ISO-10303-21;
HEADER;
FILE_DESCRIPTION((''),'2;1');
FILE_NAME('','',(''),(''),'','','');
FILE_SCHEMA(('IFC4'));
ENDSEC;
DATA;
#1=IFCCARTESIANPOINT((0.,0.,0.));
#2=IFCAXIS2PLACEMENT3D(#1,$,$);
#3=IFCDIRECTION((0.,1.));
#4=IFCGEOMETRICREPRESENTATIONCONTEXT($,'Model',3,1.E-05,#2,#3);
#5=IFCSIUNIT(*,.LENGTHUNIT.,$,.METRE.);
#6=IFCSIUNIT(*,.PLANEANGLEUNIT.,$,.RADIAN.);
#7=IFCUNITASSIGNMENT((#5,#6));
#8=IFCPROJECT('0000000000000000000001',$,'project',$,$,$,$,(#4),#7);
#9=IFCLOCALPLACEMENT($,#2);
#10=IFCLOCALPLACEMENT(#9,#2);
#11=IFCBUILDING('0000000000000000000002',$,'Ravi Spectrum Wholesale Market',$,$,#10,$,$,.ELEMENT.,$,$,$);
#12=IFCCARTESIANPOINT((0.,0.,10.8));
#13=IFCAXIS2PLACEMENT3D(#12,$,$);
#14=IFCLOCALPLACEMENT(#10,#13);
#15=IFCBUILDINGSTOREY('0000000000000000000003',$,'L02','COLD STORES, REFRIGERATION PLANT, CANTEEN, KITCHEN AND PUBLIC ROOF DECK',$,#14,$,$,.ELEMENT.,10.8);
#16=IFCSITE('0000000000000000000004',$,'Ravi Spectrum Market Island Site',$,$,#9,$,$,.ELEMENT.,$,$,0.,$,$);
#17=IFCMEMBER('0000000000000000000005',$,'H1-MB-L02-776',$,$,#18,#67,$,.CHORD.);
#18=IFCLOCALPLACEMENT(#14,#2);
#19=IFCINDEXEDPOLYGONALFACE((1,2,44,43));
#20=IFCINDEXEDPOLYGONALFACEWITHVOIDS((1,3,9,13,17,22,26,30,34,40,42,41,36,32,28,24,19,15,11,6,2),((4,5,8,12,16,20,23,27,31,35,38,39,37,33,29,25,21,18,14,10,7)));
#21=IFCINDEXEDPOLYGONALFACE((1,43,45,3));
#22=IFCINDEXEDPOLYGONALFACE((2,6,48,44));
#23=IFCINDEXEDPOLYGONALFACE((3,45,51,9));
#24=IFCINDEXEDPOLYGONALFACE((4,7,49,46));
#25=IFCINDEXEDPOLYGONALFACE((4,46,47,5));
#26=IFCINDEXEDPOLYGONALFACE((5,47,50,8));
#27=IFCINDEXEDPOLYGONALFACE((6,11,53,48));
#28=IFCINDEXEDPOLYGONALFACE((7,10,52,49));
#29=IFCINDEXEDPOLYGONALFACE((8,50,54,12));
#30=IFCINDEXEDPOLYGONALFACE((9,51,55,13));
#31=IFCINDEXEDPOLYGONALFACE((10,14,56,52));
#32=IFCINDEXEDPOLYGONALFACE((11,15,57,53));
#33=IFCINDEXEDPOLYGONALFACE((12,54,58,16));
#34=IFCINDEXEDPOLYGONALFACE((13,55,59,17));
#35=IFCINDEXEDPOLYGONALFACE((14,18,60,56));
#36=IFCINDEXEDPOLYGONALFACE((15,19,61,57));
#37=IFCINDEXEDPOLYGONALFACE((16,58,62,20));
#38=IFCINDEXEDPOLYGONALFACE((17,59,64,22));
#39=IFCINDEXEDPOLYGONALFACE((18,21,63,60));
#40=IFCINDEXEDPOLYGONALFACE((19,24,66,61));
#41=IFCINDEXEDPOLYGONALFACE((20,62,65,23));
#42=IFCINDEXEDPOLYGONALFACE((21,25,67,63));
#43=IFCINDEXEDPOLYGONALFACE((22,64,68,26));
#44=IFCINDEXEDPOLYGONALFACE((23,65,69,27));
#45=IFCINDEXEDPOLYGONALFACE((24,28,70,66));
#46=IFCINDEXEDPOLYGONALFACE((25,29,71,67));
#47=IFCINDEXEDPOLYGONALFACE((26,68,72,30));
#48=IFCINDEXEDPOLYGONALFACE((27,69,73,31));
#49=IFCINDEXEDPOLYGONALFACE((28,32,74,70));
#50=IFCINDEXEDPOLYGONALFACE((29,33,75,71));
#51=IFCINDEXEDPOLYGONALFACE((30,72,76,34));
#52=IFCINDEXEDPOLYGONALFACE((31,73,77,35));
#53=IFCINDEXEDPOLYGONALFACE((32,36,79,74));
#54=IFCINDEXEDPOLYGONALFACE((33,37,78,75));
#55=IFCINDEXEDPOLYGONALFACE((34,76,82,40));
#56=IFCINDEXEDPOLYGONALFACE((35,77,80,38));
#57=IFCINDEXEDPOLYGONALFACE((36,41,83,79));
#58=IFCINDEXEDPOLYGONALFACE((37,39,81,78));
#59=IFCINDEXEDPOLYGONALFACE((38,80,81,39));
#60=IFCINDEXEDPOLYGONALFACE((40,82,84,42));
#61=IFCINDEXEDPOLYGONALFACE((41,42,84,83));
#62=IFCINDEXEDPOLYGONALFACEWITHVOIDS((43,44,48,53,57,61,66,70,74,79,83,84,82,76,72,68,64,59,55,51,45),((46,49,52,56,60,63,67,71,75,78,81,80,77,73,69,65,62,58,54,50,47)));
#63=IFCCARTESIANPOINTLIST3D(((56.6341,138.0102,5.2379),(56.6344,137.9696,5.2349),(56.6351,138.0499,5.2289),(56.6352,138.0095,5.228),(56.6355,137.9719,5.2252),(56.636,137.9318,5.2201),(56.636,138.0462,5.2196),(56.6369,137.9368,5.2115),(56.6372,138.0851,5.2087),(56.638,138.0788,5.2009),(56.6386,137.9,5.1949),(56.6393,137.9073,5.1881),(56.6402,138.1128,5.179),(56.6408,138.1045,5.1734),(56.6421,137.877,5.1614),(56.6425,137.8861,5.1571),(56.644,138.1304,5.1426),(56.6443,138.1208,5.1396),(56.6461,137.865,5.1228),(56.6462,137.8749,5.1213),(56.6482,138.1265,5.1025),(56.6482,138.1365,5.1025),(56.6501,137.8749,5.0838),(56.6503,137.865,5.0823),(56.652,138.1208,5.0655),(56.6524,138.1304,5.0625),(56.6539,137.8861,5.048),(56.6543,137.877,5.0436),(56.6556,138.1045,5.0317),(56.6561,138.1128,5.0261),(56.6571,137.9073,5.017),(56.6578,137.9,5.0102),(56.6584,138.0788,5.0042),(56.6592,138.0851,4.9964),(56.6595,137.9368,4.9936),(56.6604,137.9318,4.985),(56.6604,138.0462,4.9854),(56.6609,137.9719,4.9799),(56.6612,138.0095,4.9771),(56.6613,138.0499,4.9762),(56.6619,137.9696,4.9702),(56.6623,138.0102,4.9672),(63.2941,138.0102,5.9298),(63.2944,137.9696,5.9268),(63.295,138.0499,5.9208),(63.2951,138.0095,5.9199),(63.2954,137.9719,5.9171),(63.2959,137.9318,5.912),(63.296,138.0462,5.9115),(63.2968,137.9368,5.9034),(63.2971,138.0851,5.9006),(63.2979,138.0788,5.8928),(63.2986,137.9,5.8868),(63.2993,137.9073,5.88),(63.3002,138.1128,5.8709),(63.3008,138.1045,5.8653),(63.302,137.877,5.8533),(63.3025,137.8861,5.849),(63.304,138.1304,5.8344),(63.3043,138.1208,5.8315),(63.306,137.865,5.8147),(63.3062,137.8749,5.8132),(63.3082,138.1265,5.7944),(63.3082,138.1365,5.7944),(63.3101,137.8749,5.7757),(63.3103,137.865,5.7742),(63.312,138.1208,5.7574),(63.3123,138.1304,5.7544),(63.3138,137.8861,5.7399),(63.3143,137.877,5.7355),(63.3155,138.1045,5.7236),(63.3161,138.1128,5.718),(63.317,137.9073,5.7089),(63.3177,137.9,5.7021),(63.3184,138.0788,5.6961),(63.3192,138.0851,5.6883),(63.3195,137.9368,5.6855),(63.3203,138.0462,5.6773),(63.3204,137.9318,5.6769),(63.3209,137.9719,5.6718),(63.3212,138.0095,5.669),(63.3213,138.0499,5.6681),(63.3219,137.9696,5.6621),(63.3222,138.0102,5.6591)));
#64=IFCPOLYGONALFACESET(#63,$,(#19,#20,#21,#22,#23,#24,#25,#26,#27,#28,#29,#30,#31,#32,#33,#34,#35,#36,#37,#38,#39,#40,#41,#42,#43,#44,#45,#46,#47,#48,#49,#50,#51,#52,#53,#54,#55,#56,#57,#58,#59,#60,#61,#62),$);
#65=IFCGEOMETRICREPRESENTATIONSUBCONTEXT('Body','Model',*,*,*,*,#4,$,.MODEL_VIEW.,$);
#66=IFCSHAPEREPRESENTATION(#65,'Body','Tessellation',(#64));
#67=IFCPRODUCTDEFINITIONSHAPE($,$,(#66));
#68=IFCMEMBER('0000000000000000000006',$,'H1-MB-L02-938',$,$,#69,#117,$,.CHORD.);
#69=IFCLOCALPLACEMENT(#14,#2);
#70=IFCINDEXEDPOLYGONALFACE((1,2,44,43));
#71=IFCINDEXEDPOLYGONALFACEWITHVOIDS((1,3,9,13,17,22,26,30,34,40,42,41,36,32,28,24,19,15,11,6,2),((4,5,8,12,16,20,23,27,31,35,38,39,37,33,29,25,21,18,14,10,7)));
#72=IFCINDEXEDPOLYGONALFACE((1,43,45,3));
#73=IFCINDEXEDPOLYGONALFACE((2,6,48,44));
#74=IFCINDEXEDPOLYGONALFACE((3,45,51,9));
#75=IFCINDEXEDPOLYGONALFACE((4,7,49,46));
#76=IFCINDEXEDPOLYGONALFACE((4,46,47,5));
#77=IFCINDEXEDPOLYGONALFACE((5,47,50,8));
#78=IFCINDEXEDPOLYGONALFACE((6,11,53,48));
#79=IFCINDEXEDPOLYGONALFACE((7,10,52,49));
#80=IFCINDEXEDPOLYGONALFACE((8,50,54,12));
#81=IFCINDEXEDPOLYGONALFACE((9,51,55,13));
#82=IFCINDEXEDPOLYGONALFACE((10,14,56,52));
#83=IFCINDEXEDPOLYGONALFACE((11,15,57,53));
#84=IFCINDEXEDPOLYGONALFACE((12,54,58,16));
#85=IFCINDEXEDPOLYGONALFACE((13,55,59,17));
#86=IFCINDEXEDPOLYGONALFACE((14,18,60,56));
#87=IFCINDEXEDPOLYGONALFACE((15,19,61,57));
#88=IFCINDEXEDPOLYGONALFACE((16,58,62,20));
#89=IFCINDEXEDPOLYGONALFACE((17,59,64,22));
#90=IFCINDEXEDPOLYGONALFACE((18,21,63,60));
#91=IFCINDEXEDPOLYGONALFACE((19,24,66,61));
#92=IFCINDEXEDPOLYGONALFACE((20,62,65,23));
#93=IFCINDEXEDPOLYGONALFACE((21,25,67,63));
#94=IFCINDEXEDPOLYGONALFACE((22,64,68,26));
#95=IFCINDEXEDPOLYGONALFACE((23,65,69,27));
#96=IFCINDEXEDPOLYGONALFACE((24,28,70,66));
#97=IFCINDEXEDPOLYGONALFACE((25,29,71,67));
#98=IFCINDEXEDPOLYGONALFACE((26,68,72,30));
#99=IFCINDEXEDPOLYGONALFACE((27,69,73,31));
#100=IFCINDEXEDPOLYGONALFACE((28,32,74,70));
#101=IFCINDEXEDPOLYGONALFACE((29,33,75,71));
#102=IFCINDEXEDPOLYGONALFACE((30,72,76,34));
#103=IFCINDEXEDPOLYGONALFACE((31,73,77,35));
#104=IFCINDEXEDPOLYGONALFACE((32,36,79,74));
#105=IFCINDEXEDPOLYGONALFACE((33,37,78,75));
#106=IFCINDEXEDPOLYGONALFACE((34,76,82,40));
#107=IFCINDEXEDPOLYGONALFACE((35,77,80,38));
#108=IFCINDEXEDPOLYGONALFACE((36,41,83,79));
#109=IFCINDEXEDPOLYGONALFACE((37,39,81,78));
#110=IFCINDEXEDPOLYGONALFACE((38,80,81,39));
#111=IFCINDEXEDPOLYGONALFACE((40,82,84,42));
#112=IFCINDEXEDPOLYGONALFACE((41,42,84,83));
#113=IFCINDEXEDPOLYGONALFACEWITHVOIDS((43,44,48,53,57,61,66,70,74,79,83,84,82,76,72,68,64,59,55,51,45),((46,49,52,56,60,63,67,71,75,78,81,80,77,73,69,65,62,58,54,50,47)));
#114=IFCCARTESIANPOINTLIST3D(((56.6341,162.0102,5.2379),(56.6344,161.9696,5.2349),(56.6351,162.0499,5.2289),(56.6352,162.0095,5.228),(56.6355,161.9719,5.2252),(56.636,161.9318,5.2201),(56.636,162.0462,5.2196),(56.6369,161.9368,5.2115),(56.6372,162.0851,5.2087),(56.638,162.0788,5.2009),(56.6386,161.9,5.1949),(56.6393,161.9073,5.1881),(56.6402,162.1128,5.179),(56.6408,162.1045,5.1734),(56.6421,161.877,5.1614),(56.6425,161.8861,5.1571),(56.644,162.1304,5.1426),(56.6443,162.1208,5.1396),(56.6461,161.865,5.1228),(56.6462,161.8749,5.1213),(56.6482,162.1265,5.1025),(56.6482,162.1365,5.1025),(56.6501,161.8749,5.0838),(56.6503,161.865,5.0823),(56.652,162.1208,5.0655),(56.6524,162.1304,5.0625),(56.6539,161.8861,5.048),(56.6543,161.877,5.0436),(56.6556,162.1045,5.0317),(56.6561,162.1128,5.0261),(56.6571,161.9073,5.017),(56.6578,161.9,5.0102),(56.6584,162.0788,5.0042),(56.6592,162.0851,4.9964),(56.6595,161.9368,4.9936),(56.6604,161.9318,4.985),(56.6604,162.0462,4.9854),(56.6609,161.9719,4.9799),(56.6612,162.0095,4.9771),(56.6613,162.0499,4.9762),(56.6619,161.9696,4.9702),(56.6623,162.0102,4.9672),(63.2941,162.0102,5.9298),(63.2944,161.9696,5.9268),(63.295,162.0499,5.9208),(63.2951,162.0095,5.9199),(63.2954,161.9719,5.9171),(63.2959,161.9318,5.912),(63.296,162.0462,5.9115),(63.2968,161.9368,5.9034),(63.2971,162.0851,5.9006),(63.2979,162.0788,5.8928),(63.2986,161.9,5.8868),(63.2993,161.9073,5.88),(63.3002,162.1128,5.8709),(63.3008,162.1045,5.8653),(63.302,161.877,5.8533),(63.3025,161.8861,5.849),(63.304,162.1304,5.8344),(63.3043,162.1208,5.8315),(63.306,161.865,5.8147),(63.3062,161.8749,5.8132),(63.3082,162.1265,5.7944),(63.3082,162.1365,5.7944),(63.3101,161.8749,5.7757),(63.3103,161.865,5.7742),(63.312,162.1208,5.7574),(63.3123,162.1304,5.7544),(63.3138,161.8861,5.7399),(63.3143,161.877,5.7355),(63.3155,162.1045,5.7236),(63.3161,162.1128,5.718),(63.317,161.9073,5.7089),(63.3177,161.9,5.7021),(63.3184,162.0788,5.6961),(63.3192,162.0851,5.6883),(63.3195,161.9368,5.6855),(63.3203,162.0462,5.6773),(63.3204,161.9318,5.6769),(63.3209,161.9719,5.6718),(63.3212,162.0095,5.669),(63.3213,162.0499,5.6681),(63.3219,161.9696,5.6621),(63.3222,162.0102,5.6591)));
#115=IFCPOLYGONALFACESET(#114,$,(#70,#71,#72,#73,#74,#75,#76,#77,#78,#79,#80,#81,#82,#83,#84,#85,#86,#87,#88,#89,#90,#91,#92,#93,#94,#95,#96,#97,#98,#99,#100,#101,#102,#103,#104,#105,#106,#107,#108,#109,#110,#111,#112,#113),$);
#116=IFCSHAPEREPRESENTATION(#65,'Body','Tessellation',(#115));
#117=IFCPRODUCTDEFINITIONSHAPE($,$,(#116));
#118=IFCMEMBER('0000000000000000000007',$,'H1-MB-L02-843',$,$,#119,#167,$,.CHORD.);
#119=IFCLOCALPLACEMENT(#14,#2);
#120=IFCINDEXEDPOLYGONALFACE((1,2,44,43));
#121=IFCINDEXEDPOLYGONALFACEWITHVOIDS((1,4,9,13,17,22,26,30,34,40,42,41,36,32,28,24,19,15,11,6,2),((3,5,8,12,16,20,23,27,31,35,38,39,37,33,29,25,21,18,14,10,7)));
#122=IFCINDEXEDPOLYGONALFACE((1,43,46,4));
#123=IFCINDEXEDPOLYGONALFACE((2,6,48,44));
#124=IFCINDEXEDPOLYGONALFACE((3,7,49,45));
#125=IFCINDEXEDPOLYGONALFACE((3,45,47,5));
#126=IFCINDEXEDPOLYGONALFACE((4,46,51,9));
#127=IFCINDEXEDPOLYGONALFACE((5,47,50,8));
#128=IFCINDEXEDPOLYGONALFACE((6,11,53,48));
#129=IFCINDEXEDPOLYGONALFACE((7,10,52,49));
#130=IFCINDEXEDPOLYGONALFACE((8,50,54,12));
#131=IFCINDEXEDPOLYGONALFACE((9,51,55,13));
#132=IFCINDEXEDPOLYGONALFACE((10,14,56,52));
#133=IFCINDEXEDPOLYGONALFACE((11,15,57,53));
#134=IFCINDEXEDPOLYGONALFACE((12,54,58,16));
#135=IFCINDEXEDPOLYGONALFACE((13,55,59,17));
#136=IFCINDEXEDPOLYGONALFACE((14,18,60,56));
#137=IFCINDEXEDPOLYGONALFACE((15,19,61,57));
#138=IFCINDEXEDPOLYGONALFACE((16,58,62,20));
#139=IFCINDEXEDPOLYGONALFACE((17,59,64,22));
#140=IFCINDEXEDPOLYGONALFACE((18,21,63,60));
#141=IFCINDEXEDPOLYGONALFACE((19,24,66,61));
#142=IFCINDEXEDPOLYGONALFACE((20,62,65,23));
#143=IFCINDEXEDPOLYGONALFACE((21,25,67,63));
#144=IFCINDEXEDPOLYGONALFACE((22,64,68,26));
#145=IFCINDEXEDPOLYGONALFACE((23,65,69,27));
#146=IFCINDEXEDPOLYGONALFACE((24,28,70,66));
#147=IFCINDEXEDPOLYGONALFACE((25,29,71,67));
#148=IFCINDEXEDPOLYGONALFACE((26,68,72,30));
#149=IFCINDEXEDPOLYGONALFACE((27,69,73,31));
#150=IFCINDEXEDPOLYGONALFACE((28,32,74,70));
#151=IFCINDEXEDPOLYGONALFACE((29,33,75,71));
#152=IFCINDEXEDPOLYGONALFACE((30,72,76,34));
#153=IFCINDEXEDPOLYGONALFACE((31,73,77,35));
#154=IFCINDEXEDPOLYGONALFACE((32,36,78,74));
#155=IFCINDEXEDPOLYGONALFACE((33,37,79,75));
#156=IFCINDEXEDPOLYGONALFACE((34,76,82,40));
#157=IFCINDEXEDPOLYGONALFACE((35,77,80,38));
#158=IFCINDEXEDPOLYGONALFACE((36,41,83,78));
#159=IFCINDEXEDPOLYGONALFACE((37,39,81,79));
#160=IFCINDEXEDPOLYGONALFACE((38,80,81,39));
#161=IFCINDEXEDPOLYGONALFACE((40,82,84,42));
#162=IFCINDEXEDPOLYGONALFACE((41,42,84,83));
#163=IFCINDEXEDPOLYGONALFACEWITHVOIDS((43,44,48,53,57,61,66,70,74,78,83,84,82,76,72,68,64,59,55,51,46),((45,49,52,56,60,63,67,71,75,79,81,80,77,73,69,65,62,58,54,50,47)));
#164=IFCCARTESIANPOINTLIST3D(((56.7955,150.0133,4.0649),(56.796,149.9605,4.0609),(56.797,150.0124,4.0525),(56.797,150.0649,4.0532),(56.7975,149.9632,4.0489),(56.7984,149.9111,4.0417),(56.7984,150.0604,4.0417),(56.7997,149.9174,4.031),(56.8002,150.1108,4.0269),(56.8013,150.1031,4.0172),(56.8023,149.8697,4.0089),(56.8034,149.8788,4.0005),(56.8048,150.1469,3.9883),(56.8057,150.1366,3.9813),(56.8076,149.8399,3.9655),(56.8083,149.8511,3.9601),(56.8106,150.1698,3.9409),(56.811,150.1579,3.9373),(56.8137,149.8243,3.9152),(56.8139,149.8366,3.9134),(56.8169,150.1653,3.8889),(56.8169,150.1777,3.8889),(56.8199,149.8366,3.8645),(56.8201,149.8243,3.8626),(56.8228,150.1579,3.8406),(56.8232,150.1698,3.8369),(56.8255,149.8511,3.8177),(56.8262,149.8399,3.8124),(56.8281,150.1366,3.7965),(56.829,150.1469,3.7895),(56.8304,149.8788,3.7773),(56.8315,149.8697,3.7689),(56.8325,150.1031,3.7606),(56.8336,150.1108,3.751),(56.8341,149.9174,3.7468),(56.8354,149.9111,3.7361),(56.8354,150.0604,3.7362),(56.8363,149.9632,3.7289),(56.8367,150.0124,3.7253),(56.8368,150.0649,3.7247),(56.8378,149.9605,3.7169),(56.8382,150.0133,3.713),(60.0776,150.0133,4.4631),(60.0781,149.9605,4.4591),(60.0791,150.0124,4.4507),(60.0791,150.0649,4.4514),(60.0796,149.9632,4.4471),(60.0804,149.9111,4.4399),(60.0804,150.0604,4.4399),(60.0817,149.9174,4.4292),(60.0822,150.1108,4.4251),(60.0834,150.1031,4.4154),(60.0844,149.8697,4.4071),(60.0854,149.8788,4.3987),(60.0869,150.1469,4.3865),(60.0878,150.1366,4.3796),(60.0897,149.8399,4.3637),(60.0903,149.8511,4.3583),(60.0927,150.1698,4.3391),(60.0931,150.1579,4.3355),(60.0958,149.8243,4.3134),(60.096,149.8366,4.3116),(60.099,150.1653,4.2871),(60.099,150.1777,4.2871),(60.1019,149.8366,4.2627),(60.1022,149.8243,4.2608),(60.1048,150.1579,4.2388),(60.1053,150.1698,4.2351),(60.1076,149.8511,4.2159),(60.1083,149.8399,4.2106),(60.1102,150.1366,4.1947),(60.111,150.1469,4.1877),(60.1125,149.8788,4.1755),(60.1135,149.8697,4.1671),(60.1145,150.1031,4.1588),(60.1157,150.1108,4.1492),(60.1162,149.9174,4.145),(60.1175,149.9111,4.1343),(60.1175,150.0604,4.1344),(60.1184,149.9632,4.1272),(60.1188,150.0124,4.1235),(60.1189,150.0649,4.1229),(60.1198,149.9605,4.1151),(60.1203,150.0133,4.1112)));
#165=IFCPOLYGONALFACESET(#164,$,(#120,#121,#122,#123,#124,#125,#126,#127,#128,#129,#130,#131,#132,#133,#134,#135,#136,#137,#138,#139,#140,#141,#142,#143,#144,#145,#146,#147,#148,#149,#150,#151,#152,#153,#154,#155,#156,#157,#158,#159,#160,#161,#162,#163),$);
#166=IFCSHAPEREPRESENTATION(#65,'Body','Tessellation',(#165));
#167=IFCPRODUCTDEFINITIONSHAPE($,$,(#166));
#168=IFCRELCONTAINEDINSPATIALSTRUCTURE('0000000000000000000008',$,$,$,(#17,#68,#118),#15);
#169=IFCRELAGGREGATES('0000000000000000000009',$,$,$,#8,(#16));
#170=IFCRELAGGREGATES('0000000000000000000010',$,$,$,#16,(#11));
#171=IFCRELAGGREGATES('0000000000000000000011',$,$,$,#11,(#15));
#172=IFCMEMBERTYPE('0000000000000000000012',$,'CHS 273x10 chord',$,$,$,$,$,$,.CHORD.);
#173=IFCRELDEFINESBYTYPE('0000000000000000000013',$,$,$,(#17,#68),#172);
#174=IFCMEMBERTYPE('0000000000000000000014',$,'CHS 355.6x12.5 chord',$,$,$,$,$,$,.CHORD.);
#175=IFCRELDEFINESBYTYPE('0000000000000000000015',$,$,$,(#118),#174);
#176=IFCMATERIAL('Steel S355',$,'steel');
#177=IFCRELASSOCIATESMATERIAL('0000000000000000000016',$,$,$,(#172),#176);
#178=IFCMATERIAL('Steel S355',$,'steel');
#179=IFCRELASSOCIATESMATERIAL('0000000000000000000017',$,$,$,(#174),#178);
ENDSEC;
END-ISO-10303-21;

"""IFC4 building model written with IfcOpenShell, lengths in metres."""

from ifc_helpers import new_model, si_unit, direction, frame, origin, origin_2d, place, context, subcontext, project, spatial, hollow_circle, extrude, material, material_profile, profile_set, type_object, element, save


model = new_model("IFC4")

# Units and contexts
model_context = context("Model", 3, precision=1e-05, world=origin(), true_north=direction((0.0, 1.0)))
body_context = subcontext(model_context, "Body", "Model", "MODEL_VIEW")
ifc_project = project(units=[si_unit("LENGTHUNIT", "METRE"), si_unit("PLANEANGLEUNIT", "RADIAN")], contexts=[model_context])

# Site, building, storey
site_placement = place(None, origin())
site = spatial("IfcSite", under=ifc_project, at=site_placement, Name="Ravi Spectrum Market Island Site", CompositionType="ELEMENT", RefElevation=0.0)
building_placement = place(site_placement, origin())
building = spatial("IfcBuilding", under=site, at=building_placement, Name="Ravi Spectrum Wholesale Market", CompositionType="ELEMENT")
storey_placement = place(building_placement, frame((0.0, 0.0, 10.8)))
storey = spatial("IfcBuildingStorey", under=building, at=storey_placement, Name="L02", Description="COLD STORES, REFRIGERATION PLANT, CANTEEN, KITCHEN AND PUBLIC ROOF DECK", CompositionType="ELEMENT", Elevation=10.8)

# Members
ifc_material_1 = material(Name="Steel S355", Category="steel")
ifc_material_profile_1 = material_profile(ifc_material_1, hollow_circle(Radius=0.1365, WallThickness=0.01, at=origin_2d()))
ifc_profile_set_1 = profile_set([ifc_material_profile_1], Name="Steel S355")
member_type_1 = type_object("IfcMemberType", Name="CHS 273x10 chord", PredefinedType="CHORD", material=ifc_profile_set_1)
for number, where, z_axis, x_axis, name in (
    (1, (56.6482, 138.0, 5.1025), (0.994647, 0.0, 0.103333), (0.0, 1.0, 0.0), "H1-MB-L02-776"),
    (2, (56.6482, 162.0, 5.1025), (0.994647, 0.0, 0.103333), (0.0, 1.0, 0.0), "H1-MB-L02-938"),
):
    element("IfcMember", number, at=place(storey_placement, frame(where, z_axis=z_axis, x_axis=x_axis)), inside=storey, type_object=member_type_1, Name=name, PredefinedType="CHORD", context=body_context, shape_type="SweptSolid", body=[
        extrude(hollow_circle(Radius=0.1365, WallThickness=0.01, at=origin_2d()), origin(), (0.0, 0.0, 1.0), 6.6958),
    ])
ifc_material_2 = material(Name="Steel S355", Category="steel")
ifc_material_profile_2 = material_profile(ifc_material_2, hollow_circle(Radius=0.1777, WallThickness=0.0125, at=origin_2d()))
ifc_profile_set_2 = profile_set([ifc_material_profile_2], Name="Steel S355")
member_type_2 = type_object("IfcMemberType", Name="CHS 355.6x12.5 chord", PredefinedType="CHORD", material=ifc_profile_set_2)
member_1_placement = place(storey_placement, frame((56.8169, 150.0, 3.8889), z_axis=(0.99272, 0.0, 0.120444), x_axis=(0.0, 1.0, 0.0)))
element("IfcMember", 3, at=member_1_placement, inside=storey, type_object=member_type_2, Name="H1-MB-L02-843", PredefinedType="CHORD", context=body_context, shape_type="SweptSolid", body=[
    extrude(hollow_circle(Radius=0.1777, WallThickness=0.0125, at=origin_2d()), origin(), (0.0, 0.0, 1.0), 3.3062),
])

save(model, "model.ifc")
